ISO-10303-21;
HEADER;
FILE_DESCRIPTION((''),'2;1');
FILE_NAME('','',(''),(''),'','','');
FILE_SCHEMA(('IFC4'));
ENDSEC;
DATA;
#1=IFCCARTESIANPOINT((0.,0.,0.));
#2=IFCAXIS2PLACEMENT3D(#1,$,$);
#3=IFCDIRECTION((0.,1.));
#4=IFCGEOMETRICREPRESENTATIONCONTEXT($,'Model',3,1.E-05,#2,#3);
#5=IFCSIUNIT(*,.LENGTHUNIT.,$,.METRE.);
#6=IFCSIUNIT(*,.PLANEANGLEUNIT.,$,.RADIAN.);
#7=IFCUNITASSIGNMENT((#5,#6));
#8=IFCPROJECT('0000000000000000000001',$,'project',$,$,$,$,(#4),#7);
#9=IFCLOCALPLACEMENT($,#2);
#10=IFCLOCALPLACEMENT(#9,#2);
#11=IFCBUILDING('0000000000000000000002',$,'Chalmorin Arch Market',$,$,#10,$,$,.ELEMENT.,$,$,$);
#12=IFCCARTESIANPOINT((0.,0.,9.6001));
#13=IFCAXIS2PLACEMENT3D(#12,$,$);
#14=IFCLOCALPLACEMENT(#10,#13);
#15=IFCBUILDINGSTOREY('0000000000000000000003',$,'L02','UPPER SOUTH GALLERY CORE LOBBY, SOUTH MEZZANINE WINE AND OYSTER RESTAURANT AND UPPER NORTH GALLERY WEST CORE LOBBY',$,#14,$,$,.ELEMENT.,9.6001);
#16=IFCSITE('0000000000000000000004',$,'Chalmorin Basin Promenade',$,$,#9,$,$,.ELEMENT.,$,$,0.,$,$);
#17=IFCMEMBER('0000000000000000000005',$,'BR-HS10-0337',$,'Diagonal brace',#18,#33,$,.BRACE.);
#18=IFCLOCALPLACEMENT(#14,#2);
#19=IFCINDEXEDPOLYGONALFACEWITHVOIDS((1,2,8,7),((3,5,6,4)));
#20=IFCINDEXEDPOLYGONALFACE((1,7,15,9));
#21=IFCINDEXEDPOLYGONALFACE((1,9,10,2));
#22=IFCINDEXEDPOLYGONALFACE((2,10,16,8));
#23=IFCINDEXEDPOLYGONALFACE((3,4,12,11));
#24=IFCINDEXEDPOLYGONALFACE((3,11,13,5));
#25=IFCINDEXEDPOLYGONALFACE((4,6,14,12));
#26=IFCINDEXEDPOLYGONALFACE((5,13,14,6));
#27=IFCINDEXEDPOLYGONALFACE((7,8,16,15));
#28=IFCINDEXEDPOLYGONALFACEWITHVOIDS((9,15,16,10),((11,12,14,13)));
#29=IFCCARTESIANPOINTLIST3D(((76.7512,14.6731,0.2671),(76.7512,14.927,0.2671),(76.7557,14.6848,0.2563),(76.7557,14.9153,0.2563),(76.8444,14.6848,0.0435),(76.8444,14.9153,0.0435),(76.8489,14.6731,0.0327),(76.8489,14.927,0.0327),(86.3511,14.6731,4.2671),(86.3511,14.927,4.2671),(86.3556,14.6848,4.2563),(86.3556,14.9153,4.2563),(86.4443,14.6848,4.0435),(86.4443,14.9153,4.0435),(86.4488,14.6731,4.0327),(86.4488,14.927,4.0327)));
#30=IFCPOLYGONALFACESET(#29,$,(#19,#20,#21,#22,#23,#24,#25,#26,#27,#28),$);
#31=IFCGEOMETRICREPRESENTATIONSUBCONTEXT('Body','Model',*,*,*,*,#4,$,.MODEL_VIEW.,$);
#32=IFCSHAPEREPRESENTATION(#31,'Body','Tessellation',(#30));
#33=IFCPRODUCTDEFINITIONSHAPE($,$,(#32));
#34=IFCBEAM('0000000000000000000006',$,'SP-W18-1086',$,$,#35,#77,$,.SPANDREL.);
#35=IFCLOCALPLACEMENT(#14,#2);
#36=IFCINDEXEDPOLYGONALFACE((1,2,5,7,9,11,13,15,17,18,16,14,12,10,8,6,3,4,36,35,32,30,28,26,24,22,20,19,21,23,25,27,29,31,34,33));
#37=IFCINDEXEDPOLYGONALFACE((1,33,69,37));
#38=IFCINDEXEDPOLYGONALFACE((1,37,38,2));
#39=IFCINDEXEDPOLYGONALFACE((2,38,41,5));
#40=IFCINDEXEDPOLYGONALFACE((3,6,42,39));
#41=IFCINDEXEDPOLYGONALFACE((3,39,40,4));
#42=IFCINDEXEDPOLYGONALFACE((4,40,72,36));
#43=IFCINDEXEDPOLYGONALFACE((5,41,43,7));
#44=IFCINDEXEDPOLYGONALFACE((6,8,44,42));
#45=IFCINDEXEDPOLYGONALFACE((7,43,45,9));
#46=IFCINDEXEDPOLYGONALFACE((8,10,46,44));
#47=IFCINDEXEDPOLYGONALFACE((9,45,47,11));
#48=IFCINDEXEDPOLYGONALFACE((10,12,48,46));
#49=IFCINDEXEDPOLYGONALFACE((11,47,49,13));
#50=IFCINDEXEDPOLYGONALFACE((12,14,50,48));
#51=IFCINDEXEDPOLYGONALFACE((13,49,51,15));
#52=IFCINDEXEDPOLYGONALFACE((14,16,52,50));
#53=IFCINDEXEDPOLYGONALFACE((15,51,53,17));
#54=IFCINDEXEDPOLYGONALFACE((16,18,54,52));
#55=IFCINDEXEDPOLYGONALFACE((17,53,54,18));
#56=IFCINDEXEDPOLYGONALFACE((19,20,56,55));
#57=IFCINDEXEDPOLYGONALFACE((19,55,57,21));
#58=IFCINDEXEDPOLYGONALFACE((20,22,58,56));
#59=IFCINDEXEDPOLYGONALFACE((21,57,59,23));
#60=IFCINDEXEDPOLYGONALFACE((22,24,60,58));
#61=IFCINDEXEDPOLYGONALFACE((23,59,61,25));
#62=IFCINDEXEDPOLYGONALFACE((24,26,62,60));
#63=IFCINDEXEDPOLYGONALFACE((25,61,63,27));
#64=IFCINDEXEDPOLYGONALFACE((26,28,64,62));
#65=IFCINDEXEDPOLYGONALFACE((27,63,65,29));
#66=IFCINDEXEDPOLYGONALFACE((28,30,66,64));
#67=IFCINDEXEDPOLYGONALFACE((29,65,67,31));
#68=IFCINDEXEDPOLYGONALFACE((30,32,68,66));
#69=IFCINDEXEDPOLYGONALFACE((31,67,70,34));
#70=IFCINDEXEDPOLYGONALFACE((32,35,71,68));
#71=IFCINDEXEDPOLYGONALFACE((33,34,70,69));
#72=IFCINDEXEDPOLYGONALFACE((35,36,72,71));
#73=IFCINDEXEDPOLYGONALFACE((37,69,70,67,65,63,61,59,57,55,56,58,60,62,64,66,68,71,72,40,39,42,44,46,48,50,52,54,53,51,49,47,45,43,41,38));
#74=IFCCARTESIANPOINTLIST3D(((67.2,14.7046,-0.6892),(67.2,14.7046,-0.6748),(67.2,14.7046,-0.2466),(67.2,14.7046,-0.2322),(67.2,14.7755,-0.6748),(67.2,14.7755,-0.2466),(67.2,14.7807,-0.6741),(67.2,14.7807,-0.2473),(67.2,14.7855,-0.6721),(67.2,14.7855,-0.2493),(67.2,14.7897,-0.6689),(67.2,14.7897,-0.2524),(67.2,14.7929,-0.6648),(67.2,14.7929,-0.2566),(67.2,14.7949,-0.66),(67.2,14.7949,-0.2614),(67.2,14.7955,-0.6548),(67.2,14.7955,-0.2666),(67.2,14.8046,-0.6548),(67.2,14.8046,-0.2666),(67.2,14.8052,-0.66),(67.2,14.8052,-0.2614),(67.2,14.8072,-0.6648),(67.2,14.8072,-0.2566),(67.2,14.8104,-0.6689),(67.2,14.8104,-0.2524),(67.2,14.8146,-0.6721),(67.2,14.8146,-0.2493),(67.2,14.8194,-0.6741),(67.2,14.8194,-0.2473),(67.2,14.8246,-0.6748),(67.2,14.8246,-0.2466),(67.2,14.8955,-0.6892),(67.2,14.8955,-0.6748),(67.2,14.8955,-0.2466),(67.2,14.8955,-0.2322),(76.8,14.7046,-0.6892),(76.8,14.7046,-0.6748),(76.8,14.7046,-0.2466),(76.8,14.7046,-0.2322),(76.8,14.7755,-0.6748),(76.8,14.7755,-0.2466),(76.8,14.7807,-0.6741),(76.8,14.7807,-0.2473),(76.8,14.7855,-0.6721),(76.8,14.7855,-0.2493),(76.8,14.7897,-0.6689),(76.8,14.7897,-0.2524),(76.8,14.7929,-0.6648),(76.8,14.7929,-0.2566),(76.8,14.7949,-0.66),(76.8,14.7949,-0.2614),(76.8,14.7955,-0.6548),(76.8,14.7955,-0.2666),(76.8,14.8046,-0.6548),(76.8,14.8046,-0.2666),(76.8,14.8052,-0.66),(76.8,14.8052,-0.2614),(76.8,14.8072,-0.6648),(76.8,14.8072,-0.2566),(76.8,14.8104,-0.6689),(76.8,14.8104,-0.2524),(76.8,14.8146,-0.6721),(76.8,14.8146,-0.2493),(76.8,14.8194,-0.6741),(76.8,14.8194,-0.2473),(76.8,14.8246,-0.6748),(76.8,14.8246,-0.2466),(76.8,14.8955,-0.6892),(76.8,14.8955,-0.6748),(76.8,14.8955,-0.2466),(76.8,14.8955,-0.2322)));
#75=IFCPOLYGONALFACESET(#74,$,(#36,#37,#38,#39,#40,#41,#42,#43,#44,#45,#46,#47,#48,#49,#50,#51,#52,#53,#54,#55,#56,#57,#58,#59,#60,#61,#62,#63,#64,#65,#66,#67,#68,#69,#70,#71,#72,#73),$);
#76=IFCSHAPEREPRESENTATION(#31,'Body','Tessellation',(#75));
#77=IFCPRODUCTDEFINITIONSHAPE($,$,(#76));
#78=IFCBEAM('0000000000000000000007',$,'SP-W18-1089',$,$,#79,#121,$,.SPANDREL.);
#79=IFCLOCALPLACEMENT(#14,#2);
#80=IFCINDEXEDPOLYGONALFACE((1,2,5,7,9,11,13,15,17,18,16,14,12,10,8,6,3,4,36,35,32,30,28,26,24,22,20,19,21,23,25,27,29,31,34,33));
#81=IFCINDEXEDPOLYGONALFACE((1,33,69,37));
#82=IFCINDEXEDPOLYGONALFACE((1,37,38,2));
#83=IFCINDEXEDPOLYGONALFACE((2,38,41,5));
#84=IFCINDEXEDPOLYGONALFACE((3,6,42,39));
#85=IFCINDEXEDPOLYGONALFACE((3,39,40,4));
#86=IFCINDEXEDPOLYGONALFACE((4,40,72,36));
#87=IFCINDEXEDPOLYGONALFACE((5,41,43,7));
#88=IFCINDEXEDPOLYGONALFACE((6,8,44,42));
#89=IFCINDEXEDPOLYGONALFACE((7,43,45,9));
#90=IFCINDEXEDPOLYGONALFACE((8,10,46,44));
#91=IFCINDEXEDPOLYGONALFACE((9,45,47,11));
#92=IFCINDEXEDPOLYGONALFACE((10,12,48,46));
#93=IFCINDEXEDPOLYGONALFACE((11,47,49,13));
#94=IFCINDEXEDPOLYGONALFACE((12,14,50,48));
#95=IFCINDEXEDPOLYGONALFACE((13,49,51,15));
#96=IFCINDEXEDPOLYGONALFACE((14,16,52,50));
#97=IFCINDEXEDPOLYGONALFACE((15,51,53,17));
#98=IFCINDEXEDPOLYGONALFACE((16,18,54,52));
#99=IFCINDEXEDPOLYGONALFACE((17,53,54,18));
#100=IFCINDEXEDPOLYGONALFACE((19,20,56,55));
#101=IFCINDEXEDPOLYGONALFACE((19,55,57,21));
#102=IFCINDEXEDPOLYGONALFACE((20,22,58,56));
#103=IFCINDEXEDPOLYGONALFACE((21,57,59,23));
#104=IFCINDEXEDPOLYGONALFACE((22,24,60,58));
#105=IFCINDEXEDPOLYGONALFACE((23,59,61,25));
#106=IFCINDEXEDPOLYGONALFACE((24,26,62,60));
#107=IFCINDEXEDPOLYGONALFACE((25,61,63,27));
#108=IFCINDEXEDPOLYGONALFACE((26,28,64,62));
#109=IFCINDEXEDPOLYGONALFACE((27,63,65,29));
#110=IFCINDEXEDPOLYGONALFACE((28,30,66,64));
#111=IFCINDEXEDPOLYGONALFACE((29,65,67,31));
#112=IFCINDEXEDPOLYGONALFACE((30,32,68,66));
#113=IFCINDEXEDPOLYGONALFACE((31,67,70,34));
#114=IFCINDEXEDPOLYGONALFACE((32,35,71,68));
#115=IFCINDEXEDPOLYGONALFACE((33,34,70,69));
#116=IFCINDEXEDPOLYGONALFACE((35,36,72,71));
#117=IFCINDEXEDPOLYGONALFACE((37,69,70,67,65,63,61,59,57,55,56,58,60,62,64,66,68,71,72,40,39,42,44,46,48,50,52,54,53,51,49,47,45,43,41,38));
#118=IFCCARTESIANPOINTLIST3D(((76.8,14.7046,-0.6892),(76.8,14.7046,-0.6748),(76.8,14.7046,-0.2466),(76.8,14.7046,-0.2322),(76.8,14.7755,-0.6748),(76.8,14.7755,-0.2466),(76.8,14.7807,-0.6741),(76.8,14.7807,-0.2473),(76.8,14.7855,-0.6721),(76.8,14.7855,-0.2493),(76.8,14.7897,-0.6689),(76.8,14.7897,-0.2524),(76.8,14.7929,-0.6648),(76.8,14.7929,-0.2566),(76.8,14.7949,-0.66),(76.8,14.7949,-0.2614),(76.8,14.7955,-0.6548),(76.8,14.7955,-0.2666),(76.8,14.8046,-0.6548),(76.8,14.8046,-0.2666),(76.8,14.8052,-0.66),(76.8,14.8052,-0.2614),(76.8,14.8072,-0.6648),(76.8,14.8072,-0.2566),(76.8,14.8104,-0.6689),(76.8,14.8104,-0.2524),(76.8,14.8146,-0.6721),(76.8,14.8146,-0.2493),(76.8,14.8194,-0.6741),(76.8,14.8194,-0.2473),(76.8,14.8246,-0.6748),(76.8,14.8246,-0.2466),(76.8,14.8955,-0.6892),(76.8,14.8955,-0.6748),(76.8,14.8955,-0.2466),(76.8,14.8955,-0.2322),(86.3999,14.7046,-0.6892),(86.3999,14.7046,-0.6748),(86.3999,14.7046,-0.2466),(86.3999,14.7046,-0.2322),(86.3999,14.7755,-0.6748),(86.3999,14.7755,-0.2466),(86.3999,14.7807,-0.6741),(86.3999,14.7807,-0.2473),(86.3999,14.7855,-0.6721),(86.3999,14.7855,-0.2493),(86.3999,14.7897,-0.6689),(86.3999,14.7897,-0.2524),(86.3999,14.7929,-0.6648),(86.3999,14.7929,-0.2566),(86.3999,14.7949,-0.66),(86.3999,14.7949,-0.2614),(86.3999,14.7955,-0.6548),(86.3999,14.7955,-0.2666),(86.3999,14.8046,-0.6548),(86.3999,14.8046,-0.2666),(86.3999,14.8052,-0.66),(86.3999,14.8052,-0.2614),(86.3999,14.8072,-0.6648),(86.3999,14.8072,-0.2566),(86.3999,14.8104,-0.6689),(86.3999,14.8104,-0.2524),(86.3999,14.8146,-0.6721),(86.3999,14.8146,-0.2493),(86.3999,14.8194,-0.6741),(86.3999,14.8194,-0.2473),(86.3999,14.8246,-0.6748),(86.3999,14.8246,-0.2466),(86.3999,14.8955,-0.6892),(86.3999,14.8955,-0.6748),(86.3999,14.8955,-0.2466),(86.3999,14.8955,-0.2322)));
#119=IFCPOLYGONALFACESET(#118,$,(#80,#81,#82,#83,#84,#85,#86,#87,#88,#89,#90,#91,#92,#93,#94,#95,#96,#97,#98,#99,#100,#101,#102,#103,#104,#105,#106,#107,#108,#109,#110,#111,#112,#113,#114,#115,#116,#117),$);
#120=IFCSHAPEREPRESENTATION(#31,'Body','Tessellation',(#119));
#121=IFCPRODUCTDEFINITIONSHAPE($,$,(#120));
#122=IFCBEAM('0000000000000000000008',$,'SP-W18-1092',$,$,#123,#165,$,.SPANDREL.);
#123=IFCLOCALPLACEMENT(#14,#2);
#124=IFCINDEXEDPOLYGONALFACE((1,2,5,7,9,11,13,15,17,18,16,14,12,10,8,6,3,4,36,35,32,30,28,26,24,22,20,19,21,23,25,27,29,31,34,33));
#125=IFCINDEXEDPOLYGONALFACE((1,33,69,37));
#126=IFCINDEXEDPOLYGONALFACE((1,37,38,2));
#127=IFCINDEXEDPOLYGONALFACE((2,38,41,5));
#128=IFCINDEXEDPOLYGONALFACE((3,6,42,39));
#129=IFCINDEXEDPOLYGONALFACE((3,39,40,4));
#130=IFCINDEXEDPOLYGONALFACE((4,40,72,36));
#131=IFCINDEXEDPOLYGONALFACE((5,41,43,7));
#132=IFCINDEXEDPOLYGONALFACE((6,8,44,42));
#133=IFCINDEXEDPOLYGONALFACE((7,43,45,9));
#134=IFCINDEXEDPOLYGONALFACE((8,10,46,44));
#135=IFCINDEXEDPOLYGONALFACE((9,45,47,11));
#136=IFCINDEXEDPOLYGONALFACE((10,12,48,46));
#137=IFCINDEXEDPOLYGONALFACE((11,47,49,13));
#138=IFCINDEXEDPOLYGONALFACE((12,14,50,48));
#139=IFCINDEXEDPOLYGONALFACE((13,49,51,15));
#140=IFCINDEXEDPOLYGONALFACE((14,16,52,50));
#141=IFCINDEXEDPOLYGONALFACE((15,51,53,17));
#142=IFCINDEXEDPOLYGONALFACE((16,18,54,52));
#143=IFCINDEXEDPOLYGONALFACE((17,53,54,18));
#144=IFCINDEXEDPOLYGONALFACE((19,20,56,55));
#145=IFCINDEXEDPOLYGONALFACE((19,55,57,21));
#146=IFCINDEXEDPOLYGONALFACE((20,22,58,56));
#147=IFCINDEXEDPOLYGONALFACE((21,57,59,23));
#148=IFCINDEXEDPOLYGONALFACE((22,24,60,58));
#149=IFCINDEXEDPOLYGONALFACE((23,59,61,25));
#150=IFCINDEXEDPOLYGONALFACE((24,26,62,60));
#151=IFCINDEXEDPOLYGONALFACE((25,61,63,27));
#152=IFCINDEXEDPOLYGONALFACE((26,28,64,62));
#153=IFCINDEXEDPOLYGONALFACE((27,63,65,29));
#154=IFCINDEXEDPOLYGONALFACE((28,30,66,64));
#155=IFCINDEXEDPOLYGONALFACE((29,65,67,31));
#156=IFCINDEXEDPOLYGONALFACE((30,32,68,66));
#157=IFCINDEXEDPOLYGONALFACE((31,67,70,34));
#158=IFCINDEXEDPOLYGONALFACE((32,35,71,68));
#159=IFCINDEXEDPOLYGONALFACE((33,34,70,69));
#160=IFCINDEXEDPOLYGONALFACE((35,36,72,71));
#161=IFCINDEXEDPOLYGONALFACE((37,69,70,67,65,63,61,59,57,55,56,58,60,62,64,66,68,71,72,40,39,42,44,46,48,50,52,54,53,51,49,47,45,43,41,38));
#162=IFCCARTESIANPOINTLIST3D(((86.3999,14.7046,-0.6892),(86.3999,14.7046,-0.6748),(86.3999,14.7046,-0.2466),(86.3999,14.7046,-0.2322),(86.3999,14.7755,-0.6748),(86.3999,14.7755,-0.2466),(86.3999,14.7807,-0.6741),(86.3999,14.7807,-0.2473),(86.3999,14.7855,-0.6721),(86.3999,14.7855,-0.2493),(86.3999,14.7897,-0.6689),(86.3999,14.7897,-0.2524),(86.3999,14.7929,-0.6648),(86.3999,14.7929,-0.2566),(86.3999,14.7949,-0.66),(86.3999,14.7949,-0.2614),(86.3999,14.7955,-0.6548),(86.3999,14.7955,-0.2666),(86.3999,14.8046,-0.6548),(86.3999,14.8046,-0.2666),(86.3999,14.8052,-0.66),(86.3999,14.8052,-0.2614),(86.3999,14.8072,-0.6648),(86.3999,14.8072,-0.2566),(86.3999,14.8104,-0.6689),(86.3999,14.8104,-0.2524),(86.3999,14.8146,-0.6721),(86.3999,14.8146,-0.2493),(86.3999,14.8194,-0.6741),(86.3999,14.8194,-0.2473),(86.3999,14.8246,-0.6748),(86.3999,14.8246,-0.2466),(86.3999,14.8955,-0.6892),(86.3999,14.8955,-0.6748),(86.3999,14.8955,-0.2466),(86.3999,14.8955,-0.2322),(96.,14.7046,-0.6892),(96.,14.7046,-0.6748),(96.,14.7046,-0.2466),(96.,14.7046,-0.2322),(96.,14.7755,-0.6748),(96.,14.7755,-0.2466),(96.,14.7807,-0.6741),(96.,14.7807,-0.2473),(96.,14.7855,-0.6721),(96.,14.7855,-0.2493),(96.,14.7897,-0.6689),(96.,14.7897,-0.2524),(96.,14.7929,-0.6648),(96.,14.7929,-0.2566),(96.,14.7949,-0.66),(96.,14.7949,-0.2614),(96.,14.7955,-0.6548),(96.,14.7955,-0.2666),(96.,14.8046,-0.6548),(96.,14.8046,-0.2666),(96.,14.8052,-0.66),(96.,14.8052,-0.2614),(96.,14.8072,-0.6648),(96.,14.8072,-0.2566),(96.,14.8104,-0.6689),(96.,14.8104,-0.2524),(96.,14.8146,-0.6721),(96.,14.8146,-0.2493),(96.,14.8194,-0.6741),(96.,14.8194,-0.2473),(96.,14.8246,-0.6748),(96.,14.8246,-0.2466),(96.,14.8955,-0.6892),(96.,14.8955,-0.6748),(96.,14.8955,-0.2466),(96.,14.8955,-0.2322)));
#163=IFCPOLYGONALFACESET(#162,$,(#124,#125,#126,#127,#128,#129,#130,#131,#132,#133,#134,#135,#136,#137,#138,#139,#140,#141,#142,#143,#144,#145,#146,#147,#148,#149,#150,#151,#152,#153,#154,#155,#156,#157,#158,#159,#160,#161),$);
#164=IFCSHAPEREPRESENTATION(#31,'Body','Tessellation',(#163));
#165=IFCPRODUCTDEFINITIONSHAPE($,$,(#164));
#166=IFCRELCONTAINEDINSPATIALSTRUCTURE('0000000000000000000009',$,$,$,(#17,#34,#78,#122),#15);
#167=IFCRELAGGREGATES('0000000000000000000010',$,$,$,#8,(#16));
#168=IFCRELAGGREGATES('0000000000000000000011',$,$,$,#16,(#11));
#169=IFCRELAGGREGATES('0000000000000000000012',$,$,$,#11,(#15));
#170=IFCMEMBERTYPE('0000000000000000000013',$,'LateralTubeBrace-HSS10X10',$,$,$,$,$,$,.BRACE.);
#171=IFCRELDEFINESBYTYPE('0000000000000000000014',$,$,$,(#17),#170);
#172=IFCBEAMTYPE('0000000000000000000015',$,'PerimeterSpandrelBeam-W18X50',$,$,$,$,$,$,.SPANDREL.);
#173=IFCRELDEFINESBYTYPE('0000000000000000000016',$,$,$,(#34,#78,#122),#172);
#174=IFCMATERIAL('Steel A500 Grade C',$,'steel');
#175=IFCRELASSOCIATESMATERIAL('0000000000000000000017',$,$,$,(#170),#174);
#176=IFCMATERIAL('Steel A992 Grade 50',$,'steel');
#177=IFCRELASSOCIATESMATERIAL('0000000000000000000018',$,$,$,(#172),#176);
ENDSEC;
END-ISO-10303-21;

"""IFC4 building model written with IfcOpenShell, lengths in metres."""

from ifc_helpers import new_model, si_unit, direction, frame, origin, origin_2d, place, context, subcontext, project, spatial, hollow_rectangle, i_section, extrude, material, material_profile, profile_set, type_object, element, save


model = new_model("IFC4")

# Units and contexts
model_context = context("Model", 3, precision=1e-05, world=origin(), true_north=direction((0.0, 1.0)))
body_context = subcontext(model_context, "Body", "Model", "MODEL_VIEW")
ifc_project = project(units=[si_unit("LENGTHUNIT", "METRE"), si_unit("PLANEANGLEUNIT", "RADIAN")], contexts=[model_context])

# Site, building, storey
site_placement = place(None, origin())
site = spatial("IfcSite", under=ifc_project, at=site_placement, Name="Chalmorin Basin Promenade", CompositionType="ELEMENT", RefElevation=0.0)
building_placement = place(site_placement, origin())
building = spatial("IfcBuilding", under=site, at=building_placement, Name="Chalmorin Arch Market", CompositionType="ELEMENT")
storey_placement = place(building_placement, frame((0.0, 0.0, 9.6001)))
storey = spatial("IfcBuildingStorey", under=building, at=storey_placement, Name="L02", Description="UPPER SOUTH GALLERY CORE LOBBY, SOUTH MEZZANINE WINE AND OYSTER RESTAURANT AND UPPER NORTH GALLERY WEST CORE LOBBY", CompositionType="ELEMENT", Elevation=9.6001)

# Shared definitions
ifc_material_1 = material(Name="Steel A992 Grade 50", Category="steel")

# Member
ifc_material_2 = material(Name="Steel A500 Grade C", Category="steel")
ifc_material_profile_1 = material_profile(ifc_material_2, hollow_rectangle(XDim=0.2539, YDim=0.2539, WallThickness=0.0117, at=origin_2d()), Name="HSS10X10X1/2")
ifc_profile_set_1 = profile_set([ifc_material_profile_1], Name="Steel A500 Grade C")
member_type = type_object("IfcMemberType", Name="LateralTubeBrace-HSS10X10", PredefinedType="BRACE", material=ifc_profile_set_1)
member_placement = place(storey_placement, frame((76.8, 14.8, 0.1499), z_axis=(0.923075, 0.0, 0.38462), x_axis=(0.0, 1.0, 0.0)))
element("IfcMember", 1, at=member_placement, inside=storey, type_object=member_type, Name="BR-HS10-0337", ObjectType="Diagonal brace", PredefinedType="BRACE", context=body_context, shape_type="SweptSolid", body=[
    extrude(hollow_rectangle(XDim=0.2539, YDim=0.2539, WallThickness=0.0117, at=origin_2d()), origin(), (0.0, 0.0, 1.0), 10.3999),
])

# Beams
ifc_material_profile_2 = material_profile(ifc_material_1, i_section(OverallWidth=0.1909, OverallDepth=0.457, WebThickness=0.009, FlangeThickness=0.0144, FilletRadius=0.02, at=origin_2d()), Name="W18X50")
ifc_profile_set_2 = profile_set([ifc_material_profile_2], Name="Steel A992 Grade 50")
beam_type_1 = type_object("IfcBeamType", Name="PerimeterSpandrelBeam-W18X50", PredefinedType="SPANDREL", material=ifc_profile_set_2)
beam_1_placement = place(storey_placement, frame((67.2, 14.8, -0.4607), z_axis=(1.0, 0.0, 0.0), x_axis=(0.0, 1.0, 0.0)))
element("IfcBeam", 2, at=beam_1_placement, inside=storey, type_object=beam_type_1, Name="SP-W18-1086", PredefinedType="SPANDREL", context=body_context, shape_type="SweptSolid", body=[
    extrude(i_section(OverallWidth=0.1909, OverallDepth=0.457, WebThickness=0.009, FlangeThickness=0.0144, FilletRadius=0.02, at=origin_2d()), origin(), (0.0, 0.0, 1.0), 9.6001),
])
beam_2_placement = place(storey_placement, frame((76.8, 14.8, -0.4607), z_axis=(1.0, 0.0, 0.0), x_axis=(0.0, 1.0, 0.0)))
element("IfcBeam", 3, at=beam_2_placement, inside=storey, type_object=beam_type_1, Name="SP-W18-1089", PredefinedType="SPANDREL", context=body_context, shape_type="SweptSolid", body=[
    extrude(i_section(OverallWidth=0.1909, OverallDepth=0.457, WebThickness=0.009, FlangeThickness=0.0144, FilletRadius=0.02, at=origin_2d()), origin(), (0.0, 0.0, 1.0), 9.5999),
])
for number, where, z_axis, x_axis, name in (
    (4, (86.3999, 14.8, -0.4607), (1.0, 0.0, 0.0), (0.0, 1.0, 0.0), "SP-W18-1092"),
):
    element("IfcBeam", number, at=place(storey_placement, frame(where, z_axis=z_axis, x_axis=x_axis)), inside=storey, type_object=beam_type_1, Name=name, PredefinedType="SPANDREL", context=body_context, shape_type="SweptSolid", body=[
        extrude(i_section(OverallWidth=0.1909, OverallDepth=0.457, WebThickness=0.009, FlangeThickness=0.0144, FilletRadius=0.02, at=origin_2d()), origin(), (0.0, 0.0, 1.0), 9.6001),
    ])

save(model, "model.ifc")
